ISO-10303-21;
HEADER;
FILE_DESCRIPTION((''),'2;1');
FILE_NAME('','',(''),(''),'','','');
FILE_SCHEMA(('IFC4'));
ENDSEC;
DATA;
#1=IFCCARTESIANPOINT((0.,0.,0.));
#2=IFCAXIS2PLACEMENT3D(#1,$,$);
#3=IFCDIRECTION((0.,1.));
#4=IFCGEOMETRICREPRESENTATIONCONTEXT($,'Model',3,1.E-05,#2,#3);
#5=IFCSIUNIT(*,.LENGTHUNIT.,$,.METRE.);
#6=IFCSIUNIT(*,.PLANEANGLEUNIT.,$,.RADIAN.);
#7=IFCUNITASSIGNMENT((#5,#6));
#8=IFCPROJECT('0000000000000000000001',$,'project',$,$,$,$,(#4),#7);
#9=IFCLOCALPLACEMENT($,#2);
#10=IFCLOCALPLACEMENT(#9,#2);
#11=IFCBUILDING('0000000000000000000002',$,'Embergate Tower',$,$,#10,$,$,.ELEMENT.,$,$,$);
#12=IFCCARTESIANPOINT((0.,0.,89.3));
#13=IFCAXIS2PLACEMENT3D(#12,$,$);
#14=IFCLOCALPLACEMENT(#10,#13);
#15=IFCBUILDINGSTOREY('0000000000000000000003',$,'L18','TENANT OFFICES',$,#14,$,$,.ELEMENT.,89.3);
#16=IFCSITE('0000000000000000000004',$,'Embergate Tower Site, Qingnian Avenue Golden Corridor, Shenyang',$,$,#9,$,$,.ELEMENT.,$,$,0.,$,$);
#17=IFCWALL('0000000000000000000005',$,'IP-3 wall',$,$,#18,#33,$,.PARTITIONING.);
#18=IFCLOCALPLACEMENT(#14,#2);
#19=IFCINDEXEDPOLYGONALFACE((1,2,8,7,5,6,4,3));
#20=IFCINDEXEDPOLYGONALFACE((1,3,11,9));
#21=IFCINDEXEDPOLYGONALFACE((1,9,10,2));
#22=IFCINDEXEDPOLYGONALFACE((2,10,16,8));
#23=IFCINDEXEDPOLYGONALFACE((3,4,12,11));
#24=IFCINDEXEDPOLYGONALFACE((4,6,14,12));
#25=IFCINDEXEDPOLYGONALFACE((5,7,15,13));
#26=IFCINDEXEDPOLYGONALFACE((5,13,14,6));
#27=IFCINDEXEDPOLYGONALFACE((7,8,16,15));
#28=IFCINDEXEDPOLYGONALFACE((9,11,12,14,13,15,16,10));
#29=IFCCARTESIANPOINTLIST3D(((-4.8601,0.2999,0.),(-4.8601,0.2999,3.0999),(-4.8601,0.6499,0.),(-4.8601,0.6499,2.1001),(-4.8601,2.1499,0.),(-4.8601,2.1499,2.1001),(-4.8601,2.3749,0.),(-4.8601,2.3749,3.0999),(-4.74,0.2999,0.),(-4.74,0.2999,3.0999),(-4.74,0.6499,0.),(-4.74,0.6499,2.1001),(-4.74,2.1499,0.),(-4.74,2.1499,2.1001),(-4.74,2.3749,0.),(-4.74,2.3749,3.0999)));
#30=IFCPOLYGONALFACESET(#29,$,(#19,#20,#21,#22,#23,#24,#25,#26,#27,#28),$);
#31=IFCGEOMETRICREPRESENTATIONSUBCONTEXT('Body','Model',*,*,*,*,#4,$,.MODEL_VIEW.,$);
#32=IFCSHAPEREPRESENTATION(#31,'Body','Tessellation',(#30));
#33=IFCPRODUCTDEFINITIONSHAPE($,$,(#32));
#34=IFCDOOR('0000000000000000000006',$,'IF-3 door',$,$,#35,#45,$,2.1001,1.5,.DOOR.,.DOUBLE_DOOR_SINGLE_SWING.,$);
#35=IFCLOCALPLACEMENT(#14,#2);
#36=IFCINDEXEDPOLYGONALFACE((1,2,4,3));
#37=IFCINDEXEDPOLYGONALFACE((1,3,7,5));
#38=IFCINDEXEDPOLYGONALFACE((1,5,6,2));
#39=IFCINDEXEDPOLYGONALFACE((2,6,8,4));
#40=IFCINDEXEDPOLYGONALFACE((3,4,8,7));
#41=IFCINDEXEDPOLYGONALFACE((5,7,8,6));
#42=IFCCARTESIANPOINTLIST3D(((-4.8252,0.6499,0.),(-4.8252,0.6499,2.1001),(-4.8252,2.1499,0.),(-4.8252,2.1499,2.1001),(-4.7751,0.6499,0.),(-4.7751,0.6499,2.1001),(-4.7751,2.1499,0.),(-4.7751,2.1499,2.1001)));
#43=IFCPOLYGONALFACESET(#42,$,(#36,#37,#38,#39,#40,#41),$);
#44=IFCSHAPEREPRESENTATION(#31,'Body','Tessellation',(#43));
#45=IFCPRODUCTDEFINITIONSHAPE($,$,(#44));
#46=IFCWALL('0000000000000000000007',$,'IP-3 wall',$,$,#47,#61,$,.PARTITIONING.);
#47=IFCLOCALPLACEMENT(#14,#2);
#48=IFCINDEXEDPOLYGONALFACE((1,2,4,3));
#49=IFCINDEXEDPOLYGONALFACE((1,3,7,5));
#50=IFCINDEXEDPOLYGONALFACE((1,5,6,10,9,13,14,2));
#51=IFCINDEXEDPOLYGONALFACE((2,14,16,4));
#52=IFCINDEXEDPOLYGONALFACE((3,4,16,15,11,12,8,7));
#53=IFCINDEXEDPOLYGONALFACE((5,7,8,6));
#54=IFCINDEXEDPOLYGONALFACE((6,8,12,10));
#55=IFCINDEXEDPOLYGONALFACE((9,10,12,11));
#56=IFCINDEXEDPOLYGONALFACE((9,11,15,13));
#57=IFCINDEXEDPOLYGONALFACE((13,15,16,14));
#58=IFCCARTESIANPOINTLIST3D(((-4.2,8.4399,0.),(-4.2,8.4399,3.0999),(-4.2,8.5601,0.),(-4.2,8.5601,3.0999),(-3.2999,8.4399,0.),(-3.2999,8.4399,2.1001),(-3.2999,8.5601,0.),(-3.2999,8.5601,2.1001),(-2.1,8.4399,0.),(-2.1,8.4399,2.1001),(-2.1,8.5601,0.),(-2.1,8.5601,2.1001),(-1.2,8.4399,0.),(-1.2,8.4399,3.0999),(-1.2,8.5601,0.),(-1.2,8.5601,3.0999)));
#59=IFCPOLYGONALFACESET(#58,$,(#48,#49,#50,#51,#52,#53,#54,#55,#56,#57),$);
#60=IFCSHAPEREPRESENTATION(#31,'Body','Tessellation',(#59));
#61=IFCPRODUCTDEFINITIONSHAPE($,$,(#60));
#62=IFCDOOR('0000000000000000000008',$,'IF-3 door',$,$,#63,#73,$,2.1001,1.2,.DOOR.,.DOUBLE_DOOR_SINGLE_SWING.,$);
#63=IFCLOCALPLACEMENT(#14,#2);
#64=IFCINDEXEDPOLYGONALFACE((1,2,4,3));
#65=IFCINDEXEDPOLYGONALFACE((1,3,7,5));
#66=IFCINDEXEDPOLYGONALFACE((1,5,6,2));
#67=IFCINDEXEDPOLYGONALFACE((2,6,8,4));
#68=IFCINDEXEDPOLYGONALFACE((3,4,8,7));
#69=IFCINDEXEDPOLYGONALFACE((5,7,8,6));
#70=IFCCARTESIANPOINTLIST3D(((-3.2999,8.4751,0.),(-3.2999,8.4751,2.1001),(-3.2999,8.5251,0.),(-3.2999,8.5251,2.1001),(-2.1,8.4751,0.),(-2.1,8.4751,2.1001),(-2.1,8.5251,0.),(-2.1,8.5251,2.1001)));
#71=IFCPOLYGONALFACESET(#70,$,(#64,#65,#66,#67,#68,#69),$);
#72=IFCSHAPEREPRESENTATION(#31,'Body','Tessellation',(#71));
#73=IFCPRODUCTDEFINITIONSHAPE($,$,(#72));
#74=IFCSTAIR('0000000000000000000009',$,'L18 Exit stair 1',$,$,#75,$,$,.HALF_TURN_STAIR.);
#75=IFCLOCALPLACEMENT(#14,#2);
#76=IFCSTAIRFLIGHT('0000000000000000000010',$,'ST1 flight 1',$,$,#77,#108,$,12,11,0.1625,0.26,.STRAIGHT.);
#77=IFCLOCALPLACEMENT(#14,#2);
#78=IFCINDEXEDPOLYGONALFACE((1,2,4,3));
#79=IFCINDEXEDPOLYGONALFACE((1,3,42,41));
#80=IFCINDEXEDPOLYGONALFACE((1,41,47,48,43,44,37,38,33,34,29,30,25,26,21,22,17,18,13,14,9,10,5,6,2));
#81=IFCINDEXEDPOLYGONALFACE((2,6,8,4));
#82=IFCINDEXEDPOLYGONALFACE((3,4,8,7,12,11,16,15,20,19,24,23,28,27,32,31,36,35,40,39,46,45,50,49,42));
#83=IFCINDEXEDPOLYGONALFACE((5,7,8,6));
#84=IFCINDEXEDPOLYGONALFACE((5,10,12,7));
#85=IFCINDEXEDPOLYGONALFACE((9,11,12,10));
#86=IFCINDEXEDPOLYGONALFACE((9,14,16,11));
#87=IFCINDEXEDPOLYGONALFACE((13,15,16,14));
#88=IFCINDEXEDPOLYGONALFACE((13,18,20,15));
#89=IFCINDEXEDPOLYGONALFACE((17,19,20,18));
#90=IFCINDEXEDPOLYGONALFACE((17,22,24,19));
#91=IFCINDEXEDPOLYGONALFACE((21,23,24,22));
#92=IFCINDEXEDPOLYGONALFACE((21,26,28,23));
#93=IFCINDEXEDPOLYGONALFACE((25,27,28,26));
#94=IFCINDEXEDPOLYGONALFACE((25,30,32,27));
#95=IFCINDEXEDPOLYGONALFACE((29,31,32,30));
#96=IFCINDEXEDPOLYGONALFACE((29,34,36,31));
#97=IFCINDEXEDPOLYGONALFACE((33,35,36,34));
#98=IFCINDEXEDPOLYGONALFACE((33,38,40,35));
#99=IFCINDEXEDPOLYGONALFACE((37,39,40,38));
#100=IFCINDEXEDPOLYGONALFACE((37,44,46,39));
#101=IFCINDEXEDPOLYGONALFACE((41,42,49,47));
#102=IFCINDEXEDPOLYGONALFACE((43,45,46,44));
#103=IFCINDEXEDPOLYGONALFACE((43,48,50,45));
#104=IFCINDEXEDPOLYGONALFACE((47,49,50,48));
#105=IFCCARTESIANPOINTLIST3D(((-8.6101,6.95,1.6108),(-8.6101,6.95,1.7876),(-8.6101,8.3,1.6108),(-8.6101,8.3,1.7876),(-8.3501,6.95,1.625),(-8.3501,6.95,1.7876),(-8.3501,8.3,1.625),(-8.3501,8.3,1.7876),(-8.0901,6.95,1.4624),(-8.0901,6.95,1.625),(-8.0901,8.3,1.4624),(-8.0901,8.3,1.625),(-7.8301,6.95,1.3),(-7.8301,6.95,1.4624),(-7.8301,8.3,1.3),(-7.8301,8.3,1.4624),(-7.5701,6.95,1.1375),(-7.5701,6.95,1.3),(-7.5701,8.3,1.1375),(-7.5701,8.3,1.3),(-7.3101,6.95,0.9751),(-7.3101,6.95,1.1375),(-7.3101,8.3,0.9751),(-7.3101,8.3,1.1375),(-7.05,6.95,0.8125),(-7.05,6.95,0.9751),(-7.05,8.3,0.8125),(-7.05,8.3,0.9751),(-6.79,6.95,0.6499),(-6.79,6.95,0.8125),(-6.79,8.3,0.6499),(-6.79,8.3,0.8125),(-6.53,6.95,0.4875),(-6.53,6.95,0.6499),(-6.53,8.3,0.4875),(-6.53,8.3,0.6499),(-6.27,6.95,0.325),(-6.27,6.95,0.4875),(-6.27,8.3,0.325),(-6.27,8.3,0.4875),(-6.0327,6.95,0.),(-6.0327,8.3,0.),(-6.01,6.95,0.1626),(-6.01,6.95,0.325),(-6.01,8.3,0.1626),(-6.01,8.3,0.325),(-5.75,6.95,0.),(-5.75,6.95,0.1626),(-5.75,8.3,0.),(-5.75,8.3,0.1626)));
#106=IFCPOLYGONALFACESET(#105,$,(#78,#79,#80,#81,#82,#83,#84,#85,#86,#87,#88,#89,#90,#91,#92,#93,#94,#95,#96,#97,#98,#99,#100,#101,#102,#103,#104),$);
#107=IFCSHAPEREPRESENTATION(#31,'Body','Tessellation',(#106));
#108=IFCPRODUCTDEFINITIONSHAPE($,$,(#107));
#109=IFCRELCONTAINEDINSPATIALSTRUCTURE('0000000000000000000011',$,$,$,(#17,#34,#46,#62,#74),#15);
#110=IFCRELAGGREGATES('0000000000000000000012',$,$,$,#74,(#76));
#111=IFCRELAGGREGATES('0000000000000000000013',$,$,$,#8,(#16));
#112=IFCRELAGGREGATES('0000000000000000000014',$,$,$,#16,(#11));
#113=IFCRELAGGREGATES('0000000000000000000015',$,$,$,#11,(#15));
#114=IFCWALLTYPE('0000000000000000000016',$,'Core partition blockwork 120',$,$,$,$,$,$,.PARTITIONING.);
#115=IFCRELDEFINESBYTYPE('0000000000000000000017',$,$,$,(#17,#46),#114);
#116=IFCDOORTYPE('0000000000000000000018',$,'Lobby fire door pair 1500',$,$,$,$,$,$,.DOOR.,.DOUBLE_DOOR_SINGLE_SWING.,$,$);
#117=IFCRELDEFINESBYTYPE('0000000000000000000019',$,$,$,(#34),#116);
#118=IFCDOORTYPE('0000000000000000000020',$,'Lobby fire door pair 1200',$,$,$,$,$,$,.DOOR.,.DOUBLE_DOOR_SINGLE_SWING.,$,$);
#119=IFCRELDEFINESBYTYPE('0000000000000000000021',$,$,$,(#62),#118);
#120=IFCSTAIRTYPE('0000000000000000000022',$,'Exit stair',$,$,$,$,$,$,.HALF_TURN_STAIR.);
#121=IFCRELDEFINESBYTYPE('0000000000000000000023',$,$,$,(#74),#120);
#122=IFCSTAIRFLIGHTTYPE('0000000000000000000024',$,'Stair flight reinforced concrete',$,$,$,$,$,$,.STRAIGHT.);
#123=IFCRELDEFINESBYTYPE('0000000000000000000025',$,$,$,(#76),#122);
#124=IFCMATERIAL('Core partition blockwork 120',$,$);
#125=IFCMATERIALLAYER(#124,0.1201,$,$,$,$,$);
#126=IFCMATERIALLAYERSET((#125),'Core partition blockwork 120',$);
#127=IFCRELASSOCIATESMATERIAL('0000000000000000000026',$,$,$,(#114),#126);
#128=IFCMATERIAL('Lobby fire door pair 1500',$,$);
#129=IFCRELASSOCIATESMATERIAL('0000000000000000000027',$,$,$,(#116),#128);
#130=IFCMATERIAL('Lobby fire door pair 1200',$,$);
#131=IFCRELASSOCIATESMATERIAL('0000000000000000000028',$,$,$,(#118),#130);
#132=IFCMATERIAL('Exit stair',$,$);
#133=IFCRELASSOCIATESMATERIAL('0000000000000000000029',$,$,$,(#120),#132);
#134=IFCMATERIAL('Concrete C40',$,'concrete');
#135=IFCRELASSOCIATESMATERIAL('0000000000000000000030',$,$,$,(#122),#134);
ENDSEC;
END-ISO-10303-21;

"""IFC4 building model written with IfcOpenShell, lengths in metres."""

from ifc_helpers import new_model, si_unit, direction, frame, frame_2d, origin, place, context, subcontext, project, spatial, polyline, rectangle, outline, extrude, source, transform, mapped, material, layer, layer_set, type_object, element, fill, aggregate, save


model = new_model("IFC4")

# Units and contexts
model_context = context("Model", 3, precision=1e-05, world=origin(), true_north=direction((0.0, 1.0)))
body_context = subcontext(model_context, "Body", "Model", "MODEL_VIEW")
ifc_project = project(units=[si_unit("LENGTHUNIT", "METRE"), si_unit("PLANEANGLEUNIT", "RADIAN")], contexts=[model_context])

# Site, building, storey
site_placement = place(None, origin())
site = spatial("IfcSite", under=ifc_project, at=site_placement, Name="Embergate Tower Site, Qingnian Avenue Golden Corridor, Shenyang", CompositionType="ELEMENT", RefElevation=0.0)
building_placement = place(site_placement, origin())
building = spatial("IfcBuilding", under=site, at=building_placement, Name="Embergate Tower", CompositionType="ELEMENT")
storey_placement = place(building_placement, frame((0.0, 0.0, 89.3)))
storey = spatial("IfcBuildingStorey", under=building, at=storey_placement, Name="L18", Description="TENANT OFFICES", CompositionType="ELEMENT", Elevation=89.3)

# Shared definitions
shared_shape_1 = source(origin(), body_context, "Body", "SweptSolid", [
    extrude(rectangle(XDim=1.2, YDim=2.1001, at=frame_2d((0.6001, 1.05))), frame((0.0, 0.0249, 0.0), z_axis=(0.0, -1.0, 0.0), x_axis=(1.0, 0.0, 0.0)), (0.0, 0.0, 1.0), 0.05),
])

# Walls, openings, doors
ifc_material_1 = material(Name="Core partition blockwork 120")
ifc_layer_1 = layer(ifc_material_1, 0.1201)
ifc_layer_set_1 = layer_set([ifc_layer_1], Name="Core partition blockwork 120")
wall_type_1 = type_object("IfcWallType", Name="Core partition blockwork 120", PredefinedType="PARTITIONING", material=ifc_layer_set_1)
shared_shape_2 = source(origin(), body_context, "Body", "SweptSolid", [
    extrude(rectangle(XDim=2.075, YDim=0.1201, at=frame_2d((1.0376, 0.0))), origin(), (0.0, 0.0, 1.0), 3.0999),
])
wall_1_placement = place(storey_placement, frame((-4.8, 2.375, 0.0), z_axis=(0.0, 0.0, 1.0), x_axis=(0.0, -1.0, 0.0)))
wall_1 = element("IfcWall", 1, at=wall_1_placement, inside=storey, type_object=wall_type_1, Name="IP-3 wall", PredefinedType="PARTITIONING", context=body_context, shape_type="MappedRepresentation", body=[
    mapped(shared_shape_2, transform((0.0, 0.0, 0.0))),
])
shared_shape_3 = source(origin(), body_context, "Body", "SweptSolid", [
    extrude(rectangle(XDim=1.5, YDim=2.1001, at=frame_2d((0.75, 1.05))), frame((0.0, 0.0701, 0.0), z_axis=(0.0, -1.0, 0.0), x_axis=(1.0, 0.0, 0.0)), (0.0, 0.0, 1.0), 0.1401),
])
opening_1_placement = place(wall_1_placement, frame((0.2251, 0.0, 0.0)))
opening_1 = element("IfcOpeningElement", 2, at=opening_1_placement, cuts=wall_1, PredefinedType="OPENING", context=body_context, shape_type="MappedRepresentation", body=[
    mapped(shared_shape_3, transform((0.0, 0.0, 0.0))),
])
ifc_material_2 = material(Name="Lobby fire door pair 1500")
door_type_1 = type_object("IfcDoorType", Name="Lobby fire door pair 1500", OperationType="DOUBLE_DOOR_SINGLE_SWING", PredefinedType="DOOR", material=ifc_material_2)
shared_shape_4 = source(origin(), body_context, "Body", "SweptSolid", [
    extrude(rectangle(XDim=1.5, YDim=2.1001, at=frame_2d((0.75, 1.05))), frame((0.0, 0.0249, 0.0), z_axis=(0.0, -1.0, 0.0), x_axis=(1.0, 0.0, 0.0)), (0.0, 0.0, 1.0), 0.05),
])
door_1_placement = place(opening_1_placement, origin())
door_1 = element("IfcDoor", 3, at=door_1_placement, inside=storey, type_object=door_type_1, Name="IF-3 door", OperationType="DOUBLE_DOOR_SINGLE_SWING", OverallHeight=2.1001, OverallWidth=1.5, PredefinedType="DOOR", context=body_context, shape_type="MappedRepresentation", body=[
    mapped(shared_shape_4, transform((0.0, 0.0, 0.0))),
])
fill(opening_1, door_1)
shared_shape_5 = source(origin(), body_context, "Body", "SweptSolid", [
    extrude(rectangle(XDim=3.0, YDim=0.1201, at=frame_2d((1.5, 0.0))), origin(), (0.0, 0.0, 1.0), 3.0999),
])
wall_2_placement = place(storey_placement, frame((-1.2, 8.5, 0.0), z_axis=(0.0, 0.0, 1.0), x_axis=(-1.0, 0.0, 0.0)))
wall_2 = element("IfcWall", 4, at=wall_2_placement, inside=storey, type_object=wall_type_1, Name="IP-3 wall", PredefinedType="PARTITIONING", context=body_context, shape_type="MappedRepresentation", body=[
    mapped(shared_shape_5, transform((0.0, 0.0, 0.0))),
])
shared_shape_6 = source(origin(), body_context, "Body", "SweptSolid", [
    extrude(rectangle(XDim=1.2, YDim=2.1001, at=frame_2d((0.6001, 1.05))), frame((0.0, 0.0701, 0.0), z_axis=(0.0, -1.0, 0.0), x_axis=(1.0, 0.0, 0.0)), (0.0, 0.0, 1.0), 0.1401),
])
opening_2_placement = place(wall_2_placement, frame((0.8999, 0.0, 0.0)))
opening_2 = element("IfcOpeningElement", 5, at=opening_2_placement, cuts=wall_2, PredefinedType="OPENING", context=body_context, shape_type="MappedRepresentation", body=[
    mapped(shared_shape_6, transform((0.0, 0.0, 0.0))),
])
ifc_material_3 = material(Name="Lobby fire door pair 1200")
door_type_2 = type_object("IfcDoorType", Name="Lobby fire door pair 1200", OperationType="DOUBLE_DOOR_SINGLE_SWING", PredefinedType="DOOR", material=ifc_material_3)
door_2_placement = place(opening_2_placement, origin())
door_2 = element("IfcDoor", 6, at=door_2_placement, inside=storey, type_object=door_type_2, Name="IF-3 door", OperationType="DOUBLE_DOOR_SINGLE_SWING", OverallHeight=2.1001, OverallWidth=1.2, PredefinedType="DOOR", context=body_context, shape_type="MappedRepresentation", body=[
    mapped(shared_shape_1, transform((0.0, 0.0, 0.0))),
])
fill(opening_2, door_2)

# Stair, stair flight
ifc_material_4 = material(Name="Exit stair")
stair_type = type_object("IfcStairType", Name="Exit stair", PredefinedType="HALF_TURN_STAIR", material=ifc_material_4)
stair_placement = place(storey_placement, origin())
stair = element("IfcStair", 7, at=stair_placement, inside=storey, type_object=stair_type, Name="L18 Exit stair 1", PredefinedType="HALF_TURN_STAIR")
ifc_material_5 = material(Name="Concrete C40", Category="concrete")
stair_flight_type = type_object("IfcStairFlightType", Name="Stair flight reinforced concrete", PredefinedType="STRAIGHT", material=ifc_material_5)
shared_shape_7 = source(origin(), body_context, "Body", "SweptSolid", [
    extrude(outline(polyline([(0.0, 0.0), (0.0, 0.1626), (0.26, 0.1626), (0.26, 0.325), (0.52, 0.325), (0.52, 0.4875), (0.78, 0.4875), (0.78, 0.6499), (1.04, 0.6499), (1.04, 0.8125), (1.3, 0.8125), (1.3, 0.9751), (1.5601, 0.9751), (1.5601, 1.1375), (1.8201, 1.1375), (1.8201, 1.3), (2.0801, 1.3), (2.0801, 1.4624), (2.3401, 1.4624), (2.3401, 1.625), (2.6001, 1.625), (2.6001, 1.7876), (2.8601, 1.7876), (2.8601, 1.95), (2.8601, 1.6108), (0.2827, 0.0), (0.0, 0.0)])), frame((0.0, 0.675, 0.0), z_axis=(0.0, -1.0, 0.0), x_axis=(1.0, 0.0, 0.0)), (0.0, 0.0, 1.0), 1.3501),
])
stair_flight_placement = place(storey_placement, frame((-5.75, 7.625, 0.0), z_axis=(0.0, 0.0, 1.0), x_axis=(-1.0, 0.0, 0.0)))
stair_flight = element("IfcStairFlight", 8, at=stair_flight_placement, type_object=stair_flight_type, Name="ST1 flight 1", NumberOfRisers=12, NumberOfTreads=11, PredefinedType="STRAIGHT", RiserHeight=0.1625, TreadLength=0.26, context=body_context, shape_type="MappedRepresentation", body=[
    mapped(shared_shape_7, transform((0.0, 0.0, 0.0))),
])
aggregate(stair, [stair_flight])

save(model, "model.ifc")
